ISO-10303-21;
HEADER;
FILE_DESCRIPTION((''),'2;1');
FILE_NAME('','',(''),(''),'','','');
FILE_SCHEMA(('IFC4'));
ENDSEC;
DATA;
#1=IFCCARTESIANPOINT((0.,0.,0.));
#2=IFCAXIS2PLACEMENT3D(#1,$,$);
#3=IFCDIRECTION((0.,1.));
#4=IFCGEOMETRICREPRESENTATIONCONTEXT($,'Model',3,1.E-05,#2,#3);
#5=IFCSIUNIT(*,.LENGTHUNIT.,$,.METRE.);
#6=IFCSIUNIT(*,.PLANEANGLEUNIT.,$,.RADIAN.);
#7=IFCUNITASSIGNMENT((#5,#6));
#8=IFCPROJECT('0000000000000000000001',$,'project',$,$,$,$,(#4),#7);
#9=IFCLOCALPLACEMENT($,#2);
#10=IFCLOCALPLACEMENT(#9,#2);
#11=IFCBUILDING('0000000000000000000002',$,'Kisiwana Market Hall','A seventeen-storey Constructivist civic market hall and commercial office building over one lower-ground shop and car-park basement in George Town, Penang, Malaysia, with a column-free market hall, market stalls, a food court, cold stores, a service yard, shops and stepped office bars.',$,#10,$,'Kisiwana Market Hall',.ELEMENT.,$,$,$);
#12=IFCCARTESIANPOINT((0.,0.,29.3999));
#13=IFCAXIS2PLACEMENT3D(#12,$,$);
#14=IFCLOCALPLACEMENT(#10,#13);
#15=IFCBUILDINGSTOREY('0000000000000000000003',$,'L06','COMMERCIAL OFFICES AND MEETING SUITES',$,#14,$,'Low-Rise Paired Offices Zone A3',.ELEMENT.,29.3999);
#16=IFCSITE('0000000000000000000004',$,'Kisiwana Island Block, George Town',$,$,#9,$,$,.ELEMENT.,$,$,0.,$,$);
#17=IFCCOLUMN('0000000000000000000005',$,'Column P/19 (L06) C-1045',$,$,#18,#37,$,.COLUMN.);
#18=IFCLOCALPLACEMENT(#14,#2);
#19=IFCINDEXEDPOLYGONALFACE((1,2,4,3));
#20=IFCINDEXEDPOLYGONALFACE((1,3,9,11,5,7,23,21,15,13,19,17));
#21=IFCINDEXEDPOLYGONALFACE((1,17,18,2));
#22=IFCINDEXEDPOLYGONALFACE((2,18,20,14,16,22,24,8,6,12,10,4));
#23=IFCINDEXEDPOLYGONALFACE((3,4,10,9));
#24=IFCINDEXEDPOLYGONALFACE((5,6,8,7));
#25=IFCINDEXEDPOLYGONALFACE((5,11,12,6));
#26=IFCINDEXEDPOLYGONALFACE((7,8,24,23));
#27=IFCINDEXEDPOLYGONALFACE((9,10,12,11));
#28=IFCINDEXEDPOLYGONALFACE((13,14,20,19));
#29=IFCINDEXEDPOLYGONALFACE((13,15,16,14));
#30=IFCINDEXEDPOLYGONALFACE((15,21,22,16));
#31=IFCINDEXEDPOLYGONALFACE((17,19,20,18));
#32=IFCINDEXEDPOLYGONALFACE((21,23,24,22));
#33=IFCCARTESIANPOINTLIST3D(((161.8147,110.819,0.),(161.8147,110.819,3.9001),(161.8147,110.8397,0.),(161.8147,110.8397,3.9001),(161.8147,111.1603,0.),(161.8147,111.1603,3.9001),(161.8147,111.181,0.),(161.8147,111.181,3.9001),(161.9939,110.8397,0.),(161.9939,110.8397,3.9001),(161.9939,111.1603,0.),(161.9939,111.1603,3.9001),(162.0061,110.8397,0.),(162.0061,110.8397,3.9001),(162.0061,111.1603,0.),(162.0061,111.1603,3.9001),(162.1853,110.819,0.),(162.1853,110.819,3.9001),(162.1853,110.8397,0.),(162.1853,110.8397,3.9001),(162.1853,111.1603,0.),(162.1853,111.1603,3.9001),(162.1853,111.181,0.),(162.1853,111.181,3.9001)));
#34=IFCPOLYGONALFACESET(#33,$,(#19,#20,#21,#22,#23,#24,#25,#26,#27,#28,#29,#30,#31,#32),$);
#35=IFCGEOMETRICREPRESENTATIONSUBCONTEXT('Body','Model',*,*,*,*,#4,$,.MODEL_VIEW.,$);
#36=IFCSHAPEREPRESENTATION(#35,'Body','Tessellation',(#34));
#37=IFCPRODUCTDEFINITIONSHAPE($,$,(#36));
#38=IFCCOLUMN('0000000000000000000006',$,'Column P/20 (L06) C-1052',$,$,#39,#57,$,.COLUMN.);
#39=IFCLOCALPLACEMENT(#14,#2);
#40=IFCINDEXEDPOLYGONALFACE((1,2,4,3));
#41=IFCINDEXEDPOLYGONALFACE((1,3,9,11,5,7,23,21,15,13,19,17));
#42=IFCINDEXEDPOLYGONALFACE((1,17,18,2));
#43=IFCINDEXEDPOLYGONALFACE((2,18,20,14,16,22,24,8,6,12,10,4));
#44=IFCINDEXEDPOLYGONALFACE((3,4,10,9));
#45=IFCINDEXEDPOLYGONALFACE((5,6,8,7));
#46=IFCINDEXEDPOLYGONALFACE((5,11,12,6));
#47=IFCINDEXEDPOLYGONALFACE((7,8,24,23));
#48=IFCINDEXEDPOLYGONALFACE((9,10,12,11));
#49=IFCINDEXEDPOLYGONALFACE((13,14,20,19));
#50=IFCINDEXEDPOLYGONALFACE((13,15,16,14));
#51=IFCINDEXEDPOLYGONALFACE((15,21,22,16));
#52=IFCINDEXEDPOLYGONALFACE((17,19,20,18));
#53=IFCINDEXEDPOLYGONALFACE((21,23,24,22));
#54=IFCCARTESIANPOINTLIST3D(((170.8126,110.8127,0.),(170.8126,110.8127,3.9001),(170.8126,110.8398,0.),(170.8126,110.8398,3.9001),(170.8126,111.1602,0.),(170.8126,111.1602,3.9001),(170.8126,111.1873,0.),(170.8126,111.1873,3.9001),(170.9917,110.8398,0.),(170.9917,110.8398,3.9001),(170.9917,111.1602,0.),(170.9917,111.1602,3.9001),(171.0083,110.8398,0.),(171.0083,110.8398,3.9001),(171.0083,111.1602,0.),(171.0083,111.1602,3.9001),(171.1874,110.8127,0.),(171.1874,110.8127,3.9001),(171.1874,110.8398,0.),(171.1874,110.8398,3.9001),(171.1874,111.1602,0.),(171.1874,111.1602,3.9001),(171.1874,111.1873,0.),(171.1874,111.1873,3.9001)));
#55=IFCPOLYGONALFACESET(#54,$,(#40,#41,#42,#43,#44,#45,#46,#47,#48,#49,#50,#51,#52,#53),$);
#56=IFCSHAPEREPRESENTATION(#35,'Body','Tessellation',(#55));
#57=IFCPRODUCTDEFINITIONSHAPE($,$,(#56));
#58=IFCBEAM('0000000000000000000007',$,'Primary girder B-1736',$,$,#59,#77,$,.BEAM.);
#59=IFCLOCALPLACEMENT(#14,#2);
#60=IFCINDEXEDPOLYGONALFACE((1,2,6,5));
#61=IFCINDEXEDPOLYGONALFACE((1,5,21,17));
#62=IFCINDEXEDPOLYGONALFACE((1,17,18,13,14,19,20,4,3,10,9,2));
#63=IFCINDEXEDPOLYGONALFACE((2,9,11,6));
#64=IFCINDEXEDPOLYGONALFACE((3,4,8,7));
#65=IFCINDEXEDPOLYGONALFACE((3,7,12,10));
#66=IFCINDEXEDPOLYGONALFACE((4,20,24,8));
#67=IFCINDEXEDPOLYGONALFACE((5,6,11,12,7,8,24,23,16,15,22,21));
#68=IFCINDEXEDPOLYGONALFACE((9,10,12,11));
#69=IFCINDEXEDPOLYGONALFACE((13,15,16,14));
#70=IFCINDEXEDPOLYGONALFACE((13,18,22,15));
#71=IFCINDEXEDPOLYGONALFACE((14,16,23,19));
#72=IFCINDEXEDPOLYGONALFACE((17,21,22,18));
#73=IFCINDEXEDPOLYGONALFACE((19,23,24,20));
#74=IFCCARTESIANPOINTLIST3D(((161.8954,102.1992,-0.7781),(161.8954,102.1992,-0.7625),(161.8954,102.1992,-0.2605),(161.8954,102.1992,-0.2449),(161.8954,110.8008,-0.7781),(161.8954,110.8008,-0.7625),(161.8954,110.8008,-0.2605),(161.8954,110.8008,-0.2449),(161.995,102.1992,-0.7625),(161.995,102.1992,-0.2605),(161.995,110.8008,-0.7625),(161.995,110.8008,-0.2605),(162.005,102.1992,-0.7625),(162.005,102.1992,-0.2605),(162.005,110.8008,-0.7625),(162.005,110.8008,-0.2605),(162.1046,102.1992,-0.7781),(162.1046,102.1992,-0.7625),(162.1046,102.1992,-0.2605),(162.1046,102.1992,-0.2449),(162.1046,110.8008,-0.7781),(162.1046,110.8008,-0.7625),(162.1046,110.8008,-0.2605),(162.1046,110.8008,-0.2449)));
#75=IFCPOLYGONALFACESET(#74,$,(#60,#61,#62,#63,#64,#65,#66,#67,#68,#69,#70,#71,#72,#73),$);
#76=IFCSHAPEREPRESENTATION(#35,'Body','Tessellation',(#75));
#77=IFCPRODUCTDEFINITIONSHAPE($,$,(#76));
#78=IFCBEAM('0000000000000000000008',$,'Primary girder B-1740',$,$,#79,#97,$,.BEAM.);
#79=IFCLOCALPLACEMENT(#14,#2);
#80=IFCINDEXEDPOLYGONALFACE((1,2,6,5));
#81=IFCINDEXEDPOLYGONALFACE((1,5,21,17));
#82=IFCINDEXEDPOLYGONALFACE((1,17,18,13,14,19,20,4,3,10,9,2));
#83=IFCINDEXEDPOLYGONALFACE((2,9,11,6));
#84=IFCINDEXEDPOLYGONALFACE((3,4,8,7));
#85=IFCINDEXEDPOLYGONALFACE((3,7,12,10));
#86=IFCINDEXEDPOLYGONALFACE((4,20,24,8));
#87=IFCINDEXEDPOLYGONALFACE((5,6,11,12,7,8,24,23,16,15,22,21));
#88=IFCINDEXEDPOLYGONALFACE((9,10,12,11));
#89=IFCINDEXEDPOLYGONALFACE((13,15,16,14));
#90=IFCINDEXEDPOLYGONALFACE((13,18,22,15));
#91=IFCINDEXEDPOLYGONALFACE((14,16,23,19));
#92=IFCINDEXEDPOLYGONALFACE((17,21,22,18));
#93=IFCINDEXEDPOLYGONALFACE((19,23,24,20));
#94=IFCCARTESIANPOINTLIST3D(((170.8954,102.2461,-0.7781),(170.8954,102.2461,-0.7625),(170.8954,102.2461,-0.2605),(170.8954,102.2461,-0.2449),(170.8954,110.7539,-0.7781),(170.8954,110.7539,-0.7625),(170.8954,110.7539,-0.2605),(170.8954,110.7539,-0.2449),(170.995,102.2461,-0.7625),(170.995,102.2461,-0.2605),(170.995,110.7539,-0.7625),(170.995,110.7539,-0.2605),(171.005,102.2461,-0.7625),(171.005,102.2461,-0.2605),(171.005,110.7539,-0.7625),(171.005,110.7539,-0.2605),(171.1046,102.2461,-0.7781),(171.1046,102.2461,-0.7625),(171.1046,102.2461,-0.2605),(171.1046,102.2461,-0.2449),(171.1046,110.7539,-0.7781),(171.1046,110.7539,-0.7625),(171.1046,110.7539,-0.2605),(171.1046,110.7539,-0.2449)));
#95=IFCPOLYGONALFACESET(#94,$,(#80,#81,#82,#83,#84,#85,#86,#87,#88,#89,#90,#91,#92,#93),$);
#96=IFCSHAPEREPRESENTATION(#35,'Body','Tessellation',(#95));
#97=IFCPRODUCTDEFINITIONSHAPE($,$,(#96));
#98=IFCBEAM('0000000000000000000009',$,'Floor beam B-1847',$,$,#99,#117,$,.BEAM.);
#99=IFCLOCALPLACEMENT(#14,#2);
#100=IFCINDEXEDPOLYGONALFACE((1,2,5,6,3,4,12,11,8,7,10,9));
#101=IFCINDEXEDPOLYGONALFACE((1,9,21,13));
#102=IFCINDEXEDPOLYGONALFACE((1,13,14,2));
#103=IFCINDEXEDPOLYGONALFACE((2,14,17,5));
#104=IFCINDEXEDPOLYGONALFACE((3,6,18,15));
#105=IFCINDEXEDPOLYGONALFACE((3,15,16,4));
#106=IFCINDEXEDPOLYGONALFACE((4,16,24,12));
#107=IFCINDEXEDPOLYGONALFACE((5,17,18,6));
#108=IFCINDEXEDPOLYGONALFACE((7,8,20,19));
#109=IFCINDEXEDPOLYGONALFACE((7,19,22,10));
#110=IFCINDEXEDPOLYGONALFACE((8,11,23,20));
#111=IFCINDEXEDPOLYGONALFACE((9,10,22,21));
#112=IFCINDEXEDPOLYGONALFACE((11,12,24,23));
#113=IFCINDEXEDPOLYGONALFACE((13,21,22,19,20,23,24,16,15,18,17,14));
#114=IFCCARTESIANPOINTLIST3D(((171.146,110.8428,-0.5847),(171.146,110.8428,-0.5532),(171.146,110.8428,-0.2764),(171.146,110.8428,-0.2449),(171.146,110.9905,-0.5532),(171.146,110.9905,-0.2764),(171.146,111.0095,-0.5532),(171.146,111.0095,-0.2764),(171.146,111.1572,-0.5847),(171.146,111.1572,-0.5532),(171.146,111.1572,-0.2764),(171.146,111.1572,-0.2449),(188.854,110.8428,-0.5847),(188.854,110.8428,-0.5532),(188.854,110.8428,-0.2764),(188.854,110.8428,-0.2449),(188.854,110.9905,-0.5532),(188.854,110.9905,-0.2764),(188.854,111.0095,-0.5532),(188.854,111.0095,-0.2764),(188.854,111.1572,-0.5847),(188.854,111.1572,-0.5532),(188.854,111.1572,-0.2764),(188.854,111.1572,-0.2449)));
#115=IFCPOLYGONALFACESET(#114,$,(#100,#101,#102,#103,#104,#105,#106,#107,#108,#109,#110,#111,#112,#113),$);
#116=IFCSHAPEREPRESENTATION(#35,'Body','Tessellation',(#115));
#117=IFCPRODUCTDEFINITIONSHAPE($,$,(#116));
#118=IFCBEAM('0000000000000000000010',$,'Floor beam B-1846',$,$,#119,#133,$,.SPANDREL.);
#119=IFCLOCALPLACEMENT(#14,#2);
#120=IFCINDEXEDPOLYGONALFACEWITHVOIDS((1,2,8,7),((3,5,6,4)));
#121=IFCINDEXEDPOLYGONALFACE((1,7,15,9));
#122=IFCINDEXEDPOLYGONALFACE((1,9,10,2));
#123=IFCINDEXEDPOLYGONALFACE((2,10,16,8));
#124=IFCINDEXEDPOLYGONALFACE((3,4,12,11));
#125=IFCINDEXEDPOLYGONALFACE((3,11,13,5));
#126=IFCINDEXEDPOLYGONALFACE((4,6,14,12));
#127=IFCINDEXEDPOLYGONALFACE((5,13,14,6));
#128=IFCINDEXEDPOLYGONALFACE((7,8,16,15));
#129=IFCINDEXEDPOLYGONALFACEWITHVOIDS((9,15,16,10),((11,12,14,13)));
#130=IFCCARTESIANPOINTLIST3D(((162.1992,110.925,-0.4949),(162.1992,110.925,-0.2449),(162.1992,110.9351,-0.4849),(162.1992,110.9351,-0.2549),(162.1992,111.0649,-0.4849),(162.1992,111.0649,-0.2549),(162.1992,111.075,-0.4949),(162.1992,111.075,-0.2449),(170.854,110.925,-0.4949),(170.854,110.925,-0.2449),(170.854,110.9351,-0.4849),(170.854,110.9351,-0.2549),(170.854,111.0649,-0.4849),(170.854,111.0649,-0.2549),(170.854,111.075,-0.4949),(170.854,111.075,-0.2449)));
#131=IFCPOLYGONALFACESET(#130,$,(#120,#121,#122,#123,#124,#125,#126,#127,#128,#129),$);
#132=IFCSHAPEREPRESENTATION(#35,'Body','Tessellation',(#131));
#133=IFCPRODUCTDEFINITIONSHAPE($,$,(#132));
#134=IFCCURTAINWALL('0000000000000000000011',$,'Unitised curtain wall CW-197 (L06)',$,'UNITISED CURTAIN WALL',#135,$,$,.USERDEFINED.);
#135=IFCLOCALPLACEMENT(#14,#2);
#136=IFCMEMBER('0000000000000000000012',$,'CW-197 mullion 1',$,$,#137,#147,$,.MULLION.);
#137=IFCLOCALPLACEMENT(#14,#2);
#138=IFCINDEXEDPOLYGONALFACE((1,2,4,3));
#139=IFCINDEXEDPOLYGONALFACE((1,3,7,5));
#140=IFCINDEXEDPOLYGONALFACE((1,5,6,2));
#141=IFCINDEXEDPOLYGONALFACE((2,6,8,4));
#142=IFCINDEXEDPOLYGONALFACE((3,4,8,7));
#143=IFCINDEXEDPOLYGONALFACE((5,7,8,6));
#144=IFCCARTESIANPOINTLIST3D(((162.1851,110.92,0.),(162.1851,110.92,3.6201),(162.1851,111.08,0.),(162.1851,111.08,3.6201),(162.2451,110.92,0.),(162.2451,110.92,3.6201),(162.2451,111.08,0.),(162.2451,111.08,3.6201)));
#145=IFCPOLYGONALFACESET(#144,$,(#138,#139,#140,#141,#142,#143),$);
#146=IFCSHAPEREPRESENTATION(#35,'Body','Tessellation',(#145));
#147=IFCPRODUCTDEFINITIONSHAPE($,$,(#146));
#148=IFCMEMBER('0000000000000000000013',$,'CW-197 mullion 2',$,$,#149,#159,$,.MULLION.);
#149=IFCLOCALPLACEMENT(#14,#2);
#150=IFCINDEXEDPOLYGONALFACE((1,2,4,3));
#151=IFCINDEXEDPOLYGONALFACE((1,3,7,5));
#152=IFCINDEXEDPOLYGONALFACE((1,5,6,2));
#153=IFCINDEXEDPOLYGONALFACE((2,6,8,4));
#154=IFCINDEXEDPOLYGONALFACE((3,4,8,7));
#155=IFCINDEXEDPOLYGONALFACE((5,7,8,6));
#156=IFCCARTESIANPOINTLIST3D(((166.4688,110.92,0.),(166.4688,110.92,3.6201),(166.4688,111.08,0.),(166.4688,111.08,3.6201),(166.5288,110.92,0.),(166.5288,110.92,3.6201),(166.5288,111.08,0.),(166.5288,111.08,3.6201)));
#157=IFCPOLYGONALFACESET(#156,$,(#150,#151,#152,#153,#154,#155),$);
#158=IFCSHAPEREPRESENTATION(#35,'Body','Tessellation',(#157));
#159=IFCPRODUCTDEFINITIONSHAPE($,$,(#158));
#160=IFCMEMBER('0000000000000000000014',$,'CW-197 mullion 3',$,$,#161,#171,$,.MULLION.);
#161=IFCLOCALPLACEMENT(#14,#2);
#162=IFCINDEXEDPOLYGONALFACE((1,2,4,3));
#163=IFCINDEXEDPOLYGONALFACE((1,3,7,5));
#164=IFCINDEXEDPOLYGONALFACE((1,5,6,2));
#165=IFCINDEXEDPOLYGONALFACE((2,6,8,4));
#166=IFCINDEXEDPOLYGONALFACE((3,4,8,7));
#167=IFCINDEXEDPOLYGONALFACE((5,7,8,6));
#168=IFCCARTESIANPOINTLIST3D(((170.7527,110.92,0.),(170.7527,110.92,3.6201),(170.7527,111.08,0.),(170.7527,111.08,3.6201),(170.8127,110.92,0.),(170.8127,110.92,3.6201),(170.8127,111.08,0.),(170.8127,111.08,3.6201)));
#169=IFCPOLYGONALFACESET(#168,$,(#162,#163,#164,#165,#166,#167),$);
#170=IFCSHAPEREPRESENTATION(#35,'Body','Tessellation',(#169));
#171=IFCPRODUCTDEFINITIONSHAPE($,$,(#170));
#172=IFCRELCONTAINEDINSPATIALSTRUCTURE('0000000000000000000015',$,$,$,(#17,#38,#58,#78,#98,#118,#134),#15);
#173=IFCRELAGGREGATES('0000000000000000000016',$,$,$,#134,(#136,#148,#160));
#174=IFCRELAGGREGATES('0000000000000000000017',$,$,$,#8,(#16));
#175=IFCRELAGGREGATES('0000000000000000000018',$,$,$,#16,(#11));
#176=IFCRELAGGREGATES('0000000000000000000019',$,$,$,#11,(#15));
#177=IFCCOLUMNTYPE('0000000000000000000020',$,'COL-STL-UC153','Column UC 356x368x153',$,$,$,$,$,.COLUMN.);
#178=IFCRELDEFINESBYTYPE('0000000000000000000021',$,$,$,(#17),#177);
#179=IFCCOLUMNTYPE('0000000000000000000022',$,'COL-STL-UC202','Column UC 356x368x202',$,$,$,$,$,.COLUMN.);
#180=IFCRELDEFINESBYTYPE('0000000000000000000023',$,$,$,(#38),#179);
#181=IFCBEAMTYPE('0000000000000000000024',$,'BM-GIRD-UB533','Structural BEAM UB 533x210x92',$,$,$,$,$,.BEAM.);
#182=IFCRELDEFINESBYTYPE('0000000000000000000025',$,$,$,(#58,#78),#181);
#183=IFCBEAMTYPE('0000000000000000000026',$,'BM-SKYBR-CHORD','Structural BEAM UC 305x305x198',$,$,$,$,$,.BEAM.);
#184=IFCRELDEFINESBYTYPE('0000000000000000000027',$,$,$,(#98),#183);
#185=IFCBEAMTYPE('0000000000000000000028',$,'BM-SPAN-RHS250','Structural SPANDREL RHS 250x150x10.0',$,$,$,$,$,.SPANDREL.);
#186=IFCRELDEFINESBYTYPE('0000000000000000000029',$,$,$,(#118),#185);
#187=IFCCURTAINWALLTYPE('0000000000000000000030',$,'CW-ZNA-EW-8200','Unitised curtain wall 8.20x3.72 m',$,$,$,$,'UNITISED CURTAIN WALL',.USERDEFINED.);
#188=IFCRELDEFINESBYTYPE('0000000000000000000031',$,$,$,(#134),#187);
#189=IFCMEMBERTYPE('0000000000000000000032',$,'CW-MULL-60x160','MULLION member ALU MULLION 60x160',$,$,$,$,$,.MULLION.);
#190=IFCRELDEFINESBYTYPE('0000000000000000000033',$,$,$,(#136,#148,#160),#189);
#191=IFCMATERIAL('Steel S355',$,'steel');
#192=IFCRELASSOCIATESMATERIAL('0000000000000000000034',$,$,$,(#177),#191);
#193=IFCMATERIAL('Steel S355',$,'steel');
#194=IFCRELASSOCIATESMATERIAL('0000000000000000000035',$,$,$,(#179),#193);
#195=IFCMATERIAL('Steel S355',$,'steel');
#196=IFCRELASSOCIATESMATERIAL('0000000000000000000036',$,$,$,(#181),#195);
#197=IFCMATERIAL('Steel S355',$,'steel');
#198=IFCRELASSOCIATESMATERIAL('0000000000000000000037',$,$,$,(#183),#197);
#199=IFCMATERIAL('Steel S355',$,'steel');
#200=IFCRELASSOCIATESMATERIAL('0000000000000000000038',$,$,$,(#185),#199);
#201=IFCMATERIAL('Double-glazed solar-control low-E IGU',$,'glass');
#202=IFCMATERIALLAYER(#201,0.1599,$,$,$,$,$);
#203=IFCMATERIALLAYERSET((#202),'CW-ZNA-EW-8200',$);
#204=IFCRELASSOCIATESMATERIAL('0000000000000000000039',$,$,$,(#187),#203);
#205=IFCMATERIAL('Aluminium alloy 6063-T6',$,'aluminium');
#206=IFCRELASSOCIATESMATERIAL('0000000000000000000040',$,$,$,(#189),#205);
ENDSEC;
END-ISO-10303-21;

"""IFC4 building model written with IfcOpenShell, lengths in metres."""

from ifc_helpers import new_model, si_unit, direction, frame, origin, origin_2d, place, context, subcontext, project, spatial, rectangle, hollow_rectangle, i_section, extrude, material, layer, layer_set, material_profile, profile_set, type_object, element, aggregate, save


model = new_model("IFC4")

# Units and contexts
model_context = context("Model", 3, precision=1e-05, world=origin(), true_north=direction((0.0, 1.0)))
body_context = subcontext(model_context, "Body", "Model", "MODEL_VIEW")
ifc_project = project(units=[si_unit("LENGTHUNIT", "METRE"), si_unit("PLANEANGLEUNIT", "RADIAN")], contexts=[model_context])

# Site, building, storey
site_placement = place(None, origin())
site = spatial("IfcSite", under=ifc_project, at=site_placement, Name="Kisiwana Island Block, George Town", CompositionType="ELEMENT", RefElevation=0.0)
building_placement = place(site_placement, origin())
building = spatial("IfcBuilding", under=site, at=building_placement, Name="Kisiwana Market Hall", Description="A seventeen-storey Constructivist civic market hall and commercial office building over one lower-ground shop and car-park basement in George Town, Penang, Malaysia, with a column-free market hall, market stalls, a food court, cold stores, a service yard, shops and stepped office bars.", LongName="Kisiwana Market Hall", CompositionType="ELEMENT")
storey_placement = place(building_placement, frame((0.0, 0.0, 29.3999)))
storey = spatial("IfcBuildingStorey", under=building, at=storey_placement, Name="L06", Description="COMMERCIAL OFFICES AND MEETING SUITES", LongName="Low-Rise Paired Offices Zone A3", CompositionType="ELEMENT", Elevation=29.3999)

# Columns
ifc_material_1 = material(Name="Steel S355", Category="steel")
ifc_material_profile_1 = material_profile(ifc_material_1, i_section(OverallWidth=0.3706, OverallDepth=0.3621, WebThickness=0.0122, FlangeThickness=0.0208, at=origin_2d()), Name="UC 356x368x153")
ifc_profile_set_1 = profile_set([ifc_material_profile_1], Name="Steel S355")
column_type_1 = type_object("IfcColumnType", Name="COL-STL-UC153", Description="Column UC 356x368x153", PredefinedType="COLUMN", material=ifc_profile_set_1)
column_1_placement = place(storey_placement, frame((162.0, 111.0, 0.0), z_axis=(0.0, 0.0, 1.0), x_axis=(1.0, 0.0, 0.0)))
element("IfcColumn", 1, at=column_1_placement, inside=storey, type_object=column_type_1, Name="Column P/19 (L06) C-1045", PredefinedType="COLUMN", context=body_context, shape_type="SweptSolid", body=[
    extrude(i_section(OverallWidth=0.3706, OverallDepth=0.3621, WebThickness=0.0122, FlangeThickness=0.0208, at=origin_2d()), origin(), (0.0, 0.0, 1.0), 3.9001),
])
ifc_material_2 = material(Name="Steel S355", Category="steel")
ifc_material_profile_2 = material_profile(ifc_material_2, i_section(OverallWidth=0.3748, OverallDepth=0.3745, WebThickness=0.0166, FlangeThickness=0.0271, at=origin_2d()), Name="UC 356x368x202")
ifc_profile_set_2 = profile_set([ifc_material_profile_2], Name="Steel S355")
column_type_2 = type_object("IfcColumnType", Name="COL-STL-UC202", Description="Column UC 356x368x202", PredefinedType="COLUMN", material=ifc_profile_set_2)
column_2_placement = place(storey_placement, frame((171.0, 111.0, 0.0), z_axis=(0.0, 0.0, 1.0), x_axis=(1.0, 0.0, 0.0)))
element("IfcColumn", 2, at=column_2_placement, inside=storey, type_object=column_type_2, Name="Column P/20 (L06) C-1052", PredefinedType="COLUMN", context=body_context, shape_type="SweptSolid", body=[
    extrude(i_section(OverallWidth=0.3748, OverallDepth=0.3745, WebThickness=0.0166, FlangeThickness=0.0271, at=origin_2d()), origin(), (0.0, 0.0, 1.0), 3.9001),
])

# Beams
ifc_material_3 = material(Name="Steel S355", Category="steel")
ifc_material_profile_3 = material_profile(ifc_material_3, i_section(OverallWidth=0.2092, OverallDepth=0.5332, WebThickness=0.01, FlangeThickness=0.0156, at=origin_2d()), Name="UB 533x210x92")
ifc_profile_set_3 = profile_set([ifc_material_profile_3], Name="Steel S355")
beam_type_1 = type_object("IfcBeamType", Name="BM-GIRD-UB533", Description="Structural BEAM UB 533x210x92", PredefinedType="BEAM", material=ifc_profile_set_3)
beam_1_placement = place(storey_placement, frame((162.0, 102.1992, -0.5115), z_axis=(0.0, 1.0, 0.0), x_axis=(-1.0, 0.0, 0.0)))
element("IfcBeam", 3, at=beam_1_placement, inside=storey, type_object=beam_type_1, Name="Primary girder B-1736", PredefinedType="BEAM", context=body_context, shape_type="SweptSolid", body=[
    extrude(i_section(OverallWidth=0.2092, OverallDepth=0.5332, WebThickness=0.01, FlangeThickness=0.0156, at=origin_2d()), origin(), (0.0, 0.0, 1.0), 8.6016),
])
beam_2_placement = place(storey_placement, frame((171.0, 102.2461, -0.5115), z_axis=(0.0, 1.0, 0.0), x_axis=(-1.0, 0.0, 0.0)))
element("IfcBeam", 4, at=beam_2_placement, inside=storey, type_object=beam_type_1, Name="Primary girder B-1740", PredefinedType="BEAM", context=body_context, shape_type="SweptSolid", body=[
    extrude(i_section(OverallWidth=0.2092, OverallDepth=0.5332, WebThickness=0.01, FlangeThickness=0.0156, at=origin_2d()), origin(), (0.0, 0.0, 1.0), 8.5078),
])
ifc_material_4 = material(Name="Steel S355", Category="steel")
ifc_material_profile_4 = material_profile(ifc_material_4, i_section(OverallWidth=0.3145, OverallDepth=0.3398, WebThickness=0.019, FlangeThickness=0.0315, at=origin_2d()), Name="UC 305x305x198")
ifc_profile_set_4 = profile_set([ifc_material_profile_4], Name="Steel S355")
beam_type_2 = type_object("IfcBeamType", Name="BM-SKYBR-CHORD", Description="Structural BEAM UC 305x305x198", PredefinedType="BEAM", material=ifc_profile_set_4)
beam_3_placement = place(storey_placement, frame((171.146, 111.0, -0.4148), z_axis=(1.0, 0.0, 0.0), x_axis=(0.0, 1.0, 0.0)))
element("IfcBeam", 5, at=beam_3_placement, inside=storey, type_object=beam_type_2, Name="Floor beam B-1847", PredefinedType="BEAM", context=body_context, shape_type="SweptSolid", body=[
    extrude(i_section(OverallWidth=0.3145, OverallDepth=0.3398, WebThickness=0.019, FlangeThickness=0.0315, at=origin_2d()), origin(), (0.0, 0.0, 1.0), 17.708),
])
ifc_material_5 = material(Name="Steel S355", Category="steel")
ifc_material_profile_5 = material_profile(ifc_material_5, hollow_rectangle(XDim=0.1499, YDim=0.25, WallThickness=0.01, at=origin_2d()), Name="RHS 250x150x10.0")
ifc_profile_set_5 = profile_set([ifc_material_profile_5], Name="Steel S355")
beam_type_3 = type_object("IfcBeamType", Name="BM-SPAN-RHS250", Description="Structural SPANDREL RHS 250x150x10.0", PredefinedType="SPANDREL", material=ifc_profile_set_5)
beam_4_placement = place(storey_placement, frame((162.1992, 111.0, -0.3699), z_axis=(1.0, 0.0, 0.0), x_axis=(0.0, 1.0, 0.0)))
element("IfcBeam", 6, at=beam_4_placement, inside=storey, type_object=beam_type_3, Name="Floor beam B-1846", PredefinedType="SPANDREL", context=body_context, shape_type="SweptSolid", body=[
    extrude(hollow_rectangle(XDim=0.1499, YDim=0.25, WallThickness=0.01, at=origin_2d()), origin(), (0.0, 0.0, 1.0), 8.6548),
])

# Curtain wall, members
ifc_material_6 = material(Name="Double-glazed solar-control low-E IGU", Category="glass")
ifc_layer_1 = layer(ifc_material_6, 0.1599)
ifc_layer_set_1 = layer_set([ifc_layer_1], Name="CW-ZNA-EW-8200")
curtain_wall_type = type_object("IfcCurtainWallType", Name="CW-ZNA-EW-8200", Description="Unitised curtain wall 8.20x3.72 m", ElementType="UNITISED CURTAIN WALL", PredefinedType="USERDEFINED", material=ifc_layer_set_1)
curtain_wall_placement = place(storey_placement, origin())
curtain_wall = element("IfcCurtainWall", 7, at=curtain_wall_placement, inside=storey, type_object=curtain_wall_type, Name="Unitised curtain wall CW-197 (L06)", ObjectType="UNITISED CURTAIN WALL", PredefinedType="USERDEFINED")
ifc_material_7 = material(Name="Aluminium alloy 6063-T6", Category="aluminium")
ifc_material_profile_6 = material_profile(ifc_material_7, rectangle(XDim=0.0601, YDim=0.1599, at=origin_2d()), Name="ALU MULLION 60x160")
ifc_profile_set_6 = profile_set([ifc_material_profile_6], Name="Aluminium alloy 6063-T6")
member_type_1 = type_object("IfcMemberType", Name="CW-MULL-60x160", Description="MULLION member ALU MULLION 60x160", PredefinedType="MULLION", material=ifc_profile_set_6)
member_1_placement = place(storey_placement, frame((162.2151, 111.0, 0.0), z_axis=(0.0, 0.0, 1.0), x_axis=(1.0, 0.0, 0.0)))
member_1 = element("IfcMember", 8, at=member_1_placement, type_object=member_type_1, Name="CW-197 mullion 1", PredefinedType="MULLION", context=body_context, shape_type="SweptSolid", body=[
    extrude(rectangle(XDim=0.0601, YDim=0.1599, at=origin_2d()), origin(), (0.0, 0.0, 1.0), 3.6201),
])
member_2_placement = place(storey_placement, frame((166.4988, 111.0, 0.0), z_axis=(0.0, 0.0, 1.0), x_axis=(1.0, 0.0, 0.0)))
member_2 = element("IfcMember", 9, at=member_2_placement, type_object=member_type_1, Name="CW-197 mullion 2", PredefinedType="MULLION", context=body_context, shape_type="SweptSolid", body=[
    extrude(rectangle(XDim=0.0601, YDim=0.1599, at=origin_2d()), origin(), (0.0, 0.0, 1.0), 3.6201),
])
member_3_placement = place(storey_placement, frame((170.7827, 111.0, 0.0), z_axis=(0.0, 0.0, 1.0), x_axis=(1.0, 0.0, 0.0)))
member_3 = element("IfcMember", 10, at=member_3_placement, type_object=member_type_1, Name="CW-197 mullion 3", PredefinedType="MULLION", context=body_context, shape_type="SweptSolid", body=[
    extrude(rectangle(XDim=0.0601, YDim=0.1599, at=origin_2d()), origin(), (0.0, 0.0, 1.0), 3.6201),
])
aggregate(curtain_wall, [member_1, member_2, member_3])

save(model, "model.ifc")
